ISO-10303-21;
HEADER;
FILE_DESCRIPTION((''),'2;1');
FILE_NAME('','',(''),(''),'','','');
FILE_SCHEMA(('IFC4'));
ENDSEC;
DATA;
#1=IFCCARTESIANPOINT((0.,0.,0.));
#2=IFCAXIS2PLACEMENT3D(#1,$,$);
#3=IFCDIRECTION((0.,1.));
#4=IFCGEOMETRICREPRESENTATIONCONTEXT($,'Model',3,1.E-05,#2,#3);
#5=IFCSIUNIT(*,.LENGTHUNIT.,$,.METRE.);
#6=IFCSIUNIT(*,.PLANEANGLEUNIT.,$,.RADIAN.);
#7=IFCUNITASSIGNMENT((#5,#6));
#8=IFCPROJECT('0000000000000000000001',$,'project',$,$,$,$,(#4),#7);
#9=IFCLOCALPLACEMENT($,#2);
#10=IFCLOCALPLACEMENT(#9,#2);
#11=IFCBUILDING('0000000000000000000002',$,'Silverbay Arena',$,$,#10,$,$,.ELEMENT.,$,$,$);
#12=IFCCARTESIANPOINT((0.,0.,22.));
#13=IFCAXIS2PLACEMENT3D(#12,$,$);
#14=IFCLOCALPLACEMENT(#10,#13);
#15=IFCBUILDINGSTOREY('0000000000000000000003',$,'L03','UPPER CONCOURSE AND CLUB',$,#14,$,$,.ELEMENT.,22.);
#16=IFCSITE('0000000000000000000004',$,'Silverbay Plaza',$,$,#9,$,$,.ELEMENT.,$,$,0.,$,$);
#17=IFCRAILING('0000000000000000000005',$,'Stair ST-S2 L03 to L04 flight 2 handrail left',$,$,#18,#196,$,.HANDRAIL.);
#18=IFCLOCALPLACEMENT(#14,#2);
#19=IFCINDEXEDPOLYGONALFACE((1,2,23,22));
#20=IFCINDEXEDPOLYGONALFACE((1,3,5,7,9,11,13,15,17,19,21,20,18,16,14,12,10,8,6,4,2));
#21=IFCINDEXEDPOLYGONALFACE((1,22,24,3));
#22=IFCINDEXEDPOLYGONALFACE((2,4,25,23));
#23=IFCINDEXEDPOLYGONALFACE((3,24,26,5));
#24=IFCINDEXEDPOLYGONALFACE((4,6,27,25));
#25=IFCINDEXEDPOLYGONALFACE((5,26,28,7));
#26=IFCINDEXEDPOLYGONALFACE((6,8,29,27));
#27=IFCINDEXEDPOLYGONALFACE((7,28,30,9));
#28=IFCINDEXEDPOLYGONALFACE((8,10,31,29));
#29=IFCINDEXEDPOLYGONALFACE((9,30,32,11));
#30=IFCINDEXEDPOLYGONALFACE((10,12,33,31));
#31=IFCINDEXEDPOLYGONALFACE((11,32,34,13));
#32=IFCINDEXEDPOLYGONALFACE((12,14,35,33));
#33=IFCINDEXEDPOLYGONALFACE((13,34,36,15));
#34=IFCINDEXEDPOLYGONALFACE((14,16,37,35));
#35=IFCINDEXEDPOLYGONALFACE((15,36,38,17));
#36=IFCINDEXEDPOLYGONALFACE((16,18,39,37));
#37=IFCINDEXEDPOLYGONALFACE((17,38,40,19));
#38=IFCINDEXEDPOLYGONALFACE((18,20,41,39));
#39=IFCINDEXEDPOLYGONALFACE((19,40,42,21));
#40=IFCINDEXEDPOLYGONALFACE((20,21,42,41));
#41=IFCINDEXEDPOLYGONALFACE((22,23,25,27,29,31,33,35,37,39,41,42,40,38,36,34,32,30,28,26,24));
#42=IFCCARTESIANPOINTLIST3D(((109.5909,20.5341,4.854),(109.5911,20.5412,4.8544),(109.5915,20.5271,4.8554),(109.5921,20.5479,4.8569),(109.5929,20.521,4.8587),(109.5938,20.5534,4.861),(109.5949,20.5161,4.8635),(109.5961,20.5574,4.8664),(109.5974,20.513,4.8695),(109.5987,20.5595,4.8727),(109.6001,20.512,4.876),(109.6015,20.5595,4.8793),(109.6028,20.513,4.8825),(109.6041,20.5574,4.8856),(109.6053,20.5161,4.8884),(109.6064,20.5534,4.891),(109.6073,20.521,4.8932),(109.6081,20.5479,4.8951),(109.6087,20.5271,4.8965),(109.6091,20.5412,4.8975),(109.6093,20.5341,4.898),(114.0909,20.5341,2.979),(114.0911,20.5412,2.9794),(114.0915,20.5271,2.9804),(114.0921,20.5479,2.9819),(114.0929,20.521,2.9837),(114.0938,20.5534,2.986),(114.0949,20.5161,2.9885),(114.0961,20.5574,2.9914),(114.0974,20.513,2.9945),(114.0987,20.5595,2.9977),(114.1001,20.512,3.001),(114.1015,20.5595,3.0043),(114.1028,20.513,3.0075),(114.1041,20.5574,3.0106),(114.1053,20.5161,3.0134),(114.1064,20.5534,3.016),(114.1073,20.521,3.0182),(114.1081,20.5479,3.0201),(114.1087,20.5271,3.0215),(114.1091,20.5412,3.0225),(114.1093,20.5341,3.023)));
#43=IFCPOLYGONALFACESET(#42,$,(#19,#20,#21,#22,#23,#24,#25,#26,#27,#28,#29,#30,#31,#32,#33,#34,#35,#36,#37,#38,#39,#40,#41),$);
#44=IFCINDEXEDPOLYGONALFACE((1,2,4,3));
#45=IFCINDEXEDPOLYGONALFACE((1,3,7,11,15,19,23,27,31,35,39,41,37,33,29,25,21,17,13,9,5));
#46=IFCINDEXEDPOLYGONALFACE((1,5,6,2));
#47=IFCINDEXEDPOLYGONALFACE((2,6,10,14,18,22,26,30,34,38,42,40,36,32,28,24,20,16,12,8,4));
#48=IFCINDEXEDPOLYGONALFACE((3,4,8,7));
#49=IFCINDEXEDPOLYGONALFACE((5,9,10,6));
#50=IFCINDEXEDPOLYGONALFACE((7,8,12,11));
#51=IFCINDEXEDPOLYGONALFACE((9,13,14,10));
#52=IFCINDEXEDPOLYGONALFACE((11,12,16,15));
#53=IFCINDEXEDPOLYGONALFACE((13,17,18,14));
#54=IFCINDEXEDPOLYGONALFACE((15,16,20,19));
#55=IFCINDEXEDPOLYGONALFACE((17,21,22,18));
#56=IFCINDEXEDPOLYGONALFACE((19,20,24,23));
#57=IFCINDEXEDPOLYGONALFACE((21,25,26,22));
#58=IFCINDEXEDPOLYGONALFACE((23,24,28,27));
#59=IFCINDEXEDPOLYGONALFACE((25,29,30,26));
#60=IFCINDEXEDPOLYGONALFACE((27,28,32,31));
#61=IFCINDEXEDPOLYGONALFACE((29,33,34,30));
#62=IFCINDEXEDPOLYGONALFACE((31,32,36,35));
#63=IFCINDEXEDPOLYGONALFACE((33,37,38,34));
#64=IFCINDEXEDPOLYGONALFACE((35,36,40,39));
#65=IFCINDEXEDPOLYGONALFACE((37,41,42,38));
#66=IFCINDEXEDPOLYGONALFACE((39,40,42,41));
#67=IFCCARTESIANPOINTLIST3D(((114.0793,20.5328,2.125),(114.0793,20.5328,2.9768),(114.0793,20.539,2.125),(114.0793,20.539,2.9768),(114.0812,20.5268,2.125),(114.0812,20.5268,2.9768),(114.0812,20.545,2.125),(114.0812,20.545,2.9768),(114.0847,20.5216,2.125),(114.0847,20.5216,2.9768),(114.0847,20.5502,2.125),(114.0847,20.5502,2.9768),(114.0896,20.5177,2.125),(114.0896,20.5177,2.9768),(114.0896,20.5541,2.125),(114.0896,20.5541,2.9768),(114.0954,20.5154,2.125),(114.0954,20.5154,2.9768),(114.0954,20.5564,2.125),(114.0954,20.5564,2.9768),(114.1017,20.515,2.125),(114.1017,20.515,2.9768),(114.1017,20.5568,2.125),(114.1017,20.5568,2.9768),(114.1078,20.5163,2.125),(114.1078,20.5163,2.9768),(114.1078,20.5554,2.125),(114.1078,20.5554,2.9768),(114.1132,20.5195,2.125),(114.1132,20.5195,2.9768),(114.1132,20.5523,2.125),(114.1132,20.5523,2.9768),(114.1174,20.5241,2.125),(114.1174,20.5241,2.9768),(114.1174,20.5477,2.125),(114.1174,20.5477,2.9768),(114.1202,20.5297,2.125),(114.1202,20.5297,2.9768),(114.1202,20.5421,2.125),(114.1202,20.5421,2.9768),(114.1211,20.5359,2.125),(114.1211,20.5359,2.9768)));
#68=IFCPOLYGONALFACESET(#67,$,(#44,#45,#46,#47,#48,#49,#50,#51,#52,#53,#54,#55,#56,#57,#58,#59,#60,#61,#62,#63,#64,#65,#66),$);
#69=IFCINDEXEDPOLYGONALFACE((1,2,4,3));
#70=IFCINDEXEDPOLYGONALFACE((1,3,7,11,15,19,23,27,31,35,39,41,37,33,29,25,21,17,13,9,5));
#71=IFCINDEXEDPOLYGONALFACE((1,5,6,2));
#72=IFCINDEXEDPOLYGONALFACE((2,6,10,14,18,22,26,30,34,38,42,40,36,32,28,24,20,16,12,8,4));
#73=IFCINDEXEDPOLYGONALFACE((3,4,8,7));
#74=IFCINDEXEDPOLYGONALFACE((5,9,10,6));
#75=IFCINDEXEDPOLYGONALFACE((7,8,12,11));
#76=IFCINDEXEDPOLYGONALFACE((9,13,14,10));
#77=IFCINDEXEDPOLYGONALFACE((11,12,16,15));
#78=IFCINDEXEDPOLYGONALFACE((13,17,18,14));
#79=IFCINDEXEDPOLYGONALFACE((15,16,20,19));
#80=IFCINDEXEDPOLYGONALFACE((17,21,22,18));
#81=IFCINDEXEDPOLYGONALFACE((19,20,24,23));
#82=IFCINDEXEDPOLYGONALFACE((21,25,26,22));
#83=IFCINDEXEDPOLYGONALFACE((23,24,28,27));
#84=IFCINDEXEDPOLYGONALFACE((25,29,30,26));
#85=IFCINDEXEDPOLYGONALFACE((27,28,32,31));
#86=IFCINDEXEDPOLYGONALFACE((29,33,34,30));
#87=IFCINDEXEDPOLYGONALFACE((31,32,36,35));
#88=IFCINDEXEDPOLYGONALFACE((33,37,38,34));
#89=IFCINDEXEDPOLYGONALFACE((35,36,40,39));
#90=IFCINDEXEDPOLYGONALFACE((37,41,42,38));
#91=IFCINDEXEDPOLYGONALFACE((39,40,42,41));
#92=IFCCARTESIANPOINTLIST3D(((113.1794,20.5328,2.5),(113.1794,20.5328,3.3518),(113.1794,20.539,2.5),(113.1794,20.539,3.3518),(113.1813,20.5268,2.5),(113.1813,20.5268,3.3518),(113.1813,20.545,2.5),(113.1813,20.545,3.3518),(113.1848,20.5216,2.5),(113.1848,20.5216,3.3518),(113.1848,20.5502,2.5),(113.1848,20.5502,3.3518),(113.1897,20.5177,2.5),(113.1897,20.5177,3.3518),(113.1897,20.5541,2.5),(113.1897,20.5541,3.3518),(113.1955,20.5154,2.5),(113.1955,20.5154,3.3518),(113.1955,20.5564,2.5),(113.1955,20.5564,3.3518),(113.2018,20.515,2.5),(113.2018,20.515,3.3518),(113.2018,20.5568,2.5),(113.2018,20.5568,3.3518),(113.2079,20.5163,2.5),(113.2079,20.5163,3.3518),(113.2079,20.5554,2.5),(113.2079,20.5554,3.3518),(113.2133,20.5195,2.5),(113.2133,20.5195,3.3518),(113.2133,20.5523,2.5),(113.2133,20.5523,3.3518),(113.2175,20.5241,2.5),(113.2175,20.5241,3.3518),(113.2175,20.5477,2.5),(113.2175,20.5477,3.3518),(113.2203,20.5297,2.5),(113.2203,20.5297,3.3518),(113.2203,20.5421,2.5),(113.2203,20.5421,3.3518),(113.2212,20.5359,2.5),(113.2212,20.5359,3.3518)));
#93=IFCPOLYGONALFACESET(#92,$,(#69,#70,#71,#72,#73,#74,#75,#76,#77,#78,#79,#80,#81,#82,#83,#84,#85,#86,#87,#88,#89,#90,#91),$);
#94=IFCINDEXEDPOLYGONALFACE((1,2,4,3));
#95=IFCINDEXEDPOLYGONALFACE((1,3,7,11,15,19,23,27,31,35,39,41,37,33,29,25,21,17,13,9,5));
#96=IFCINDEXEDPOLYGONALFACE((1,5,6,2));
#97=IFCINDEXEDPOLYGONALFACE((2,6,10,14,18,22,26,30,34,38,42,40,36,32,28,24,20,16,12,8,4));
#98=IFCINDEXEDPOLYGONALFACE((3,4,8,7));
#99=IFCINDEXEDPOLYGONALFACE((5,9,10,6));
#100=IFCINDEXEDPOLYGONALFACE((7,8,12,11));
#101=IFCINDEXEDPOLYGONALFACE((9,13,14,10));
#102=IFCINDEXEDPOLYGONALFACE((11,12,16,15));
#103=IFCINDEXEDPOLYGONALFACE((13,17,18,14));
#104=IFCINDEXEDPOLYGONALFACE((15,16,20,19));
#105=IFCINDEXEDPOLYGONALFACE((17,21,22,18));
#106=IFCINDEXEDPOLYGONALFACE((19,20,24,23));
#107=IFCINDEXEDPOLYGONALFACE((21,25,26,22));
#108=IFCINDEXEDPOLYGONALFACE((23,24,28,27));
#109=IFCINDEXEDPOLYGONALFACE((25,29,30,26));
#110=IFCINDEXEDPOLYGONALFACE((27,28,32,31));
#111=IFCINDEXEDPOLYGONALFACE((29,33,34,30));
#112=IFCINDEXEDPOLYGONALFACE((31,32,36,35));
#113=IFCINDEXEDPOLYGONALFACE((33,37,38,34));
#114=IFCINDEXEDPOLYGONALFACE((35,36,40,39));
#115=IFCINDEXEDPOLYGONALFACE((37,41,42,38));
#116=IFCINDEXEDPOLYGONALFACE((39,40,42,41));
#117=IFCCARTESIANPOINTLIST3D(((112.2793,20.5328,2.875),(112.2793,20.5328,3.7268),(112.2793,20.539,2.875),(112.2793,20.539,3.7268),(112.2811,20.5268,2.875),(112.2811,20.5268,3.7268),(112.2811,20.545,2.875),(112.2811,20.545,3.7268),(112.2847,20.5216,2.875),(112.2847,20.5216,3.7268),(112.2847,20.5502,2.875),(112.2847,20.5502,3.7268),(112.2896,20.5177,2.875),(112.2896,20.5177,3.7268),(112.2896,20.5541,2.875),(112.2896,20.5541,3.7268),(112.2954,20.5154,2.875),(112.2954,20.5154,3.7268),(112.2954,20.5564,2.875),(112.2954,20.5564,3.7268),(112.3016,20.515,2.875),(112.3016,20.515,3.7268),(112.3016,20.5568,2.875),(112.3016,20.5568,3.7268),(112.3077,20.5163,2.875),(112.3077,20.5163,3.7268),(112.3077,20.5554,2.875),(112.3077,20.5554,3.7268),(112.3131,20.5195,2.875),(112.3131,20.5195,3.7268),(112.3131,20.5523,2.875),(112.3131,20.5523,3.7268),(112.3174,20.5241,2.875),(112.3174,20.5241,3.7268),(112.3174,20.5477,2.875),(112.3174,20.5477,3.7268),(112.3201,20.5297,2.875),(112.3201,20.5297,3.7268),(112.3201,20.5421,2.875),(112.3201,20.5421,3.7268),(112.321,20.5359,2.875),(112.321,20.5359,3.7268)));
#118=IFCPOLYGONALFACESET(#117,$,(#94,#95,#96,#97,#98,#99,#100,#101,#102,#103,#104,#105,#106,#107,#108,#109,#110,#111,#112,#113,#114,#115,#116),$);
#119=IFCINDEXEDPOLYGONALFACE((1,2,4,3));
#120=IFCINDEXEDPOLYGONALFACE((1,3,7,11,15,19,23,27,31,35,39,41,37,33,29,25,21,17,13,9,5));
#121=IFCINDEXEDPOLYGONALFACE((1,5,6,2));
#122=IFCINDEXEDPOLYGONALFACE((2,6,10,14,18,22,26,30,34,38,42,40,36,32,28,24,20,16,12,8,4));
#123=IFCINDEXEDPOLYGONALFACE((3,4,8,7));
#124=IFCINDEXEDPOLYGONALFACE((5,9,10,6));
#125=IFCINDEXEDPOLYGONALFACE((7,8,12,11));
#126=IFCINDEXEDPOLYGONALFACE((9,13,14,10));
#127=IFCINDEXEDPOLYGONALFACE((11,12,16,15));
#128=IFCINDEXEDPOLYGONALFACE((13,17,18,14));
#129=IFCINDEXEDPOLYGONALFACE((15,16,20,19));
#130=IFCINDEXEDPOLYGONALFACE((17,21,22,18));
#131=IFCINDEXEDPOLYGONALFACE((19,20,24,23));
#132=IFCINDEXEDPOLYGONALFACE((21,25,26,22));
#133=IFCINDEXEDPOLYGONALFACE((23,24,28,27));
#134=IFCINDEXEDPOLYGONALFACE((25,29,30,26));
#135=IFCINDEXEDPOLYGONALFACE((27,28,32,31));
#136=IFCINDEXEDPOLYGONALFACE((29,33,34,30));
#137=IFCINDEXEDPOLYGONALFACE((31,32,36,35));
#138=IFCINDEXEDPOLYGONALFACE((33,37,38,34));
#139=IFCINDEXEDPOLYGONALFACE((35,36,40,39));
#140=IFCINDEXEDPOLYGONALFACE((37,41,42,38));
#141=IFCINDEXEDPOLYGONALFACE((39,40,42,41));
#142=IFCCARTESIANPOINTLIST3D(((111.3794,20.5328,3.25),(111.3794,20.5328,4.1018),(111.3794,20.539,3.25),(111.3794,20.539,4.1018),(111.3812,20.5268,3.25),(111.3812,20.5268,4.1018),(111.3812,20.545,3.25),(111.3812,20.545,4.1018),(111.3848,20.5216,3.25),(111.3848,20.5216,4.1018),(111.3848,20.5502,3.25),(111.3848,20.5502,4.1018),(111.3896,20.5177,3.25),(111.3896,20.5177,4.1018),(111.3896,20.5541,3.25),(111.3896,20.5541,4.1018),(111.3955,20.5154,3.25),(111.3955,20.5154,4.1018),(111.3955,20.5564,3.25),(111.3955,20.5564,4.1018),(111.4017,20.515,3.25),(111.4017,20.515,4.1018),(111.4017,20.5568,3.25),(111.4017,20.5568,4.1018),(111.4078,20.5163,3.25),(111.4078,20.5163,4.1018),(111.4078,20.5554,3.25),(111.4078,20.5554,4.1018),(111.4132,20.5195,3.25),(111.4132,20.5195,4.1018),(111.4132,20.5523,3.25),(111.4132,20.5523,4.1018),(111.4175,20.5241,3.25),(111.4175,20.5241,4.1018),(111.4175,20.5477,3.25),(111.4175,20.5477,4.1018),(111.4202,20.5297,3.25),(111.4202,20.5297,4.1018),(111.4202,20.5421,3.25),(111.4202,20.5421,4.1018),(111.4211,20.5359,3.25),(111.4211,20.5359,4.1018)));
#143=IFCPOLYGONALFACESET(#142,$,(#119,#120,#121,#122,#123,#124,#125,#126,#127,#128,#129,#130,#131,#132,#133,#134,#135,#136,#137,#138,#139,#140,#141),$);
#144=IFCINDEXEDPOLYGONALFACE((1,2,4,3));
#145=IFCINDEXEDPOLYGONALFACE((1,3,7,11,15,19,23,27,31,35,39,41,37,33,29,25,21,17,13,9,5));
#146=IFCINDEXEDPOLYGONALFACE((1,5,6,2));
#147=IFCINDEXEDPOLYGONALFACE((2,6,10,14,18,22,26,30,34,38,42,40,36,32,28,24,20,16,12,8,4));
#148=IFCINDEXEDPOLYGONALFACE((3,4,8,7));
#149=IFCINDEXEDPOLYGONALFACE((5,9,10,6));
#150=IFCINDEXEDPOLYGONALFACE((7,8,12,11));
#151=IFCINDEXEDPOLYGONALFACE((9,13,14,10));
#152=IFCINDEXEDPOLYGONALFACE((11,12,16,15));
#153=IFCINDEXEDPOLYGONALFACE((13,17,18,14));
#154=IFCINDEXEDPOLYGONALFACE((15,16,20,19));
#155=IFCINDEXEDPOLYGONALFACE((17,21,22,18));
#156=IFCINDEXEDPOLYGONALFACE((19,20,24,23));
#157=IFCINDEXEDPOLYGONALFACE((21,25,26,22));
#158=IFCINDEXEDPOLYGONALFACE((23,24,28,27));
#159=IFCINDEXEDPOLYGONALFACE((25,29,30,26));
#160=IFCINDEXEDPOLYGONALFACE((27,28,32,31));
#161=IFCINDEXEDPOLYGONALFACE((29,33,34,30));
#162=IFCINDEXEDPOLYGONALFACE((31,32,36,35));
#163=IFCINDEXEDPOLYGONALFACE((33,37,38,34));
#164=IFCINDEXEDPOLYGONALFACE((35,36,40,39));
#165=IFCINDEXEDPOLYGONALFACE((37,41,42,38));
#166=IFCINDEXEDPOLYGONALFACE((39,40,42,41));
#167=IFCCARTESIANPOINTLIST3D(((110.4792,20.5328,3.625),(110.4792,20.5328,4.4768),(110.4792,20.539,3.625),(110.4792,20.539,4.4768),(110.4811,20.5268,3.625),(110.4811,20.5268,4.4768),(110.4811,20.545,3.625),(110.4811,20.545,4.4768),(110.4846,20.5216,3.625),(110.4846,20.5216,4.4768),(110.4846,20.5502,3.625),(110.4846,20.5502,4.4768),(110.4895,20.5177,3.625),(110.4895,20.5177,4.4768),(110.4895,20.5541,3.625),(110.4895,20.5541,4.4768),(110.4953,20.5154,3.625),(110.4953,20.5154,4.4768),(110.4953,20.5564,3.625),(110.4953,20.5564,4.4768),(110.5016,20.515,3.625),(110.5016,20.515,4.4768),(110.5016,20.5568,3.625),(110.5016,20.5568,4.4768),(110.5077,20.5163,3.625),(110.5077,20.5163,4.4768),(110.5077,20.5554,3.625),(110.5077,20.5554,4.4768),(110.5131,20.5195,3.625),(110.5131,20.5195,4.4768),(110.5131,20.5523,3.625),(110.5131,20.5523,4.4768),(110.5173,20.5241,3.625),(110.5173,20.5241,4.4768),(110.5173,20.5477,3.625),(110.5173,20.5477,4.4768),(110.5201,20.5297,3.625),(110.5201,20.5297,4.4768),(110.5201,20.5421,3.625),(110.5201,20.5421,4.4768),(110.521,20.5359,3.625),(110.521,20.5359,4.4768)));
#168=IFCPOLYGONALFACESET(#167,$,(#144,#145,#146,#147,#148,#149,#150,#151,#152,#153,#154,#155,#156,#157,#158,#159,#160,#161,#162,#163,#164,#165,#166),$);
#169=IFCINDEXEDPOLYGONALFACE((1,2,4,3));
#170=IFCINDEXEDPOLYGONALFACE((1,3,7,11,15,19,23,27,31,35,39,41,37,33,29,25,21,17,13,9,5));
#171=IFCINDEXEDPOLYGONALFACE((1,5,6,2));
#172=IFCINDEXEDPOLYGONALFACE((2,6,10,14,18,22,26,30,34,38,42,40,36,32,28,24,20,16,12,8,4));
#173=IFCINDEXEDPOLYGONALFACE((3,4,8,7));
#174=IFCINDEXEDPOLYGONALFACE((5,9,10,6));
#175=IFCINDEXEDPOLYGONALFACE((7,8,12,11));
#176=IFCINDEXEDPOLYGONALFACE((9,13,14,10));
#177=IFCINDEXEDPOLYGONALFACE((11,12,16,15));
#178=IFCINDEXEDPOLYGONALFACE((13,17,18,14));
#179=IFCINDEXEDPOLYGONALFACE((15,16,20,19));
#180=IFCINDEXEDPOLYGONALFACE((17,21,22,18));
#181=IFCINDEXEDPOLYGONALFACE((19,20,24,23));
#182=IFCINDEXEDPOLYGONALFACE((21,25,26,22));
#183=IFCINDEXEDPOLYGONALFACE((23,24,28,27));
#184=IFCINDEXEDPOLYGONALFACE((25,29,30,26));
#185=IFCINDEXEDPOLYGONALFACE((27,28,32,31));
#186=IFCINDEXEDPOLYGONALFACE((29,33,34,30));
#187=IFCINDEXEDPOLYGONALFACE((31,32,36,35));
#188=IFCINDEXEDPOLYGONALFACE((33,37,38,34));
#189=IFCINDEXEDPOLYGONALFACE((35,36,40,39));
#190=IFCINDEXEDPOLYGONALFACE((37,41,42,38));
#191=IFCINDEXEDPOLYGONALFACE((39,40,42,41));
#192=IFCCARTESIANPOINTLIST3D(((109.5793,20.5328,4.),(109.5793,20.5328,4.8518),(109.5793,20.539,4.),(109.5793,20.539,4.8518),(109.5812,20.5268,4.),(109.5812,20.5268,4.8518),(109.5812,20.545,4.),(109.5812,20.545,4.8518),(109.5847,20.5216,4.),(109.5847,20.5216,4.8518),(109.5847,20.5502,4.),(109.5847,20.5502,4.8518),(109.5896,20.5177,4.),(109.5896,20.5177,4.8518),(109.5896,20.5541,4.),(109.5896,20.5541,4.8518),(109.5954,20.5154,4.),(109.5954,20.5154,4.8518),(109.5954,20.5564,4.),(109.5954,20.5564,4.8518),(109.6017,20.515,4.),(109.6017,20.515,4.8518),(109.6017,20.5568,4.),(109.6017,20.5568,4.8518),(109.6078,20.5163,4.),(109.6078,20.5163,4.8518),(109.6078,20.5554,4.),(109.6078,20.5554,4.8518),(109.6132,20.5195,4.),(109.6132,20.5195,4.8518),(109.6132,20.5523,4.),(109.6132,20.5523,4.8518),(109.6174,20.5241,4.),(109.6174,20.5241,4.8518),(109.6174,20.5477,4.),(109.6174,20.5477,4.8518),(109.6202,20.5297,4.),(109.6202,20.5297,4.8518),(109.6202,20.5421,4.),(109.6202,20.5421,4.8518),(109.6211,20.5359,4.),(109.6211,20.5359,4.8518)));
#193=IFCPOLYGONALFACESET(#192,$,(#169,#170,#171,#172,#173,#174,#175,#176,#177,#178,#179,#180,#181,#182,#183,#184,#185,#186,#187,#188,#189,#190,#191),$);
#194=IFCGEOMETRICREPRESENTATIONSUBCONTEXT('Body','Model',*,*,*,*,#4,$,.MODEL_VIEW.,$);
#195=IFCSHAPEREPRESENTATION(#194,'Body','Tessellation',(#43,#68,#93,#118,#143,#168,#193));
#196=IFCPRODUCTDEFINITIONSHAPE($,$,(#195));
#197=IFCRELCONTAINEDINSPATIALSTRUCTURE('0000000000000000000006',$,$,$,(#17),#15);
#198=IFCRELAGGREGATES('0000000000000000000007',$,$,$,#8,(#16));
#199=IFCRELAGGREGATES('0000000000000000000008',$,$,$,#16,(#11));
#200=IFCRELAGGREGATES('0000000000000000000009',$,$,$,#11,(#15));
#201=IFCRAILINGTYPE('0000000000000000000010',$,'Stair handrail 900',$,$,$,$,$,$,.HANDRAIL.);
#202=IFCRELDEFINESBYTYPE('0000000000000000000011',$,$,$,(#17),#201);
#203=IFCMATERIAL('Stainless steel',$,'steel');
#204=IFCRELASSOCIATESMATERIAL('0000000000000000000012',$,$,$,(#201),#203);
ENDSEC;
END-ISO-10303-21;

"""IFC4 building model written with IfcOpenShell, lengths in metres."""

from ifc_helpers import new_model, si_unit, direction, frame, origin, origin_2d, place, context, subcontext, project, spatial, circle, extrude, material, type_object, element, save


model = new_model("IFC4")

# Units and contexts
model_context = context("Model", 3, precision=1e-05, world=origin(), true_north=direction((0.0, 1.0)))
body_context = subcontext(model_context, "Body", "Model", "MODEL_VIEW")
ifc_project = project(units=[si_unit("LENGTHUNIT", "METRE"), si_unit("PLANEANGLEUNIT", "RADIAN")], contexts=[model_context])

# Site, building, storey
site_placement = place(None, origin())
site = spatial("IfcSite", under=ifc_project, at=site_placement, Name="Silverbay Plaza", CompositionType="ELEMENT", RefElevation=0.0)
building_placement = place(site_placement, origin())
building = spatial("IfcBuilding", under=site, at=building_placement, Name="Silverbay Arena", CompositionType="ELEMENT")
storey_placement = place(building_placement, frame((0.0, 0.0, 22.0)))
storey = spatial("IfcBuildingStorey", under=building, at=storey_placement, Name="L03", Description="UPPER CONCOURSE AND CLUB", CompositionType="ELEMENT", Elevation=22.0)

# Railing
ifc_material_1 = material(Name="Stainless steel", Category="steel")
railing_type_1 = type_object("IfcRailingType", Name="Stair handrail 900", PredefinedType="HANDRAIL", material=ifc_material_1)
for number, where, name in (
    (1, (114.1001, 20.5359, 2.125), "Stair ST-S2 L03 to L04 flight 2 handrail left"),
):
    element("IfcRailing", number, at=place(storey_placement, frame(where)), inside=storey, type_object=railing_type_1, Name=name, PredefinedType="HANDRAIL", context=body_context, shape_type="SweptSolid", body=[
        extrude(circle(Radius=0.0239, at=origin_2d()), frame((0.0, 0.0, 0.876), z_axis=(-0.923077, 0.0, 0.384615), x_axis=(0.0, -1.0, 0.0)), (0.0, 0.0, 1.0), 4.875),
        extrude(circle(Radius=0.021, at=origin_2d()), origin(), (0.0, 0.0, 1.0), 0.8518),
        extrude(circle(Radius=0.021, at=origin_2d()), frame((-0.8999, 0.0, 0.375)), (0.0, 0.0, 1.0), 0.8518),
        extrude(circle(Radius=0.021, at=origin_2d()), frame((-1.8, 0.0, 0.75)), (0.0, 0.0, 1.0), 0.8518),
        extrude(circle(Radius=0.021, at=origin_2d()), frame((-2.7, 0.0, 1.125)), (0.0, 0.0, 1.0), 0.8518),
        extrude(circle(Radius=0.021, at=origin_2d()), frame((-3.6001, 0.0, 1.5)), (0.0, 0.0, 1.0), 0.8518),
        extrude(circle(Radius=0.021, at=origin_2d()), frame((-4.5, 0.0, 1.875)), (0.0, 0.0, 1.0), 0.8518),
    ])

save(model, "model.ifc")
